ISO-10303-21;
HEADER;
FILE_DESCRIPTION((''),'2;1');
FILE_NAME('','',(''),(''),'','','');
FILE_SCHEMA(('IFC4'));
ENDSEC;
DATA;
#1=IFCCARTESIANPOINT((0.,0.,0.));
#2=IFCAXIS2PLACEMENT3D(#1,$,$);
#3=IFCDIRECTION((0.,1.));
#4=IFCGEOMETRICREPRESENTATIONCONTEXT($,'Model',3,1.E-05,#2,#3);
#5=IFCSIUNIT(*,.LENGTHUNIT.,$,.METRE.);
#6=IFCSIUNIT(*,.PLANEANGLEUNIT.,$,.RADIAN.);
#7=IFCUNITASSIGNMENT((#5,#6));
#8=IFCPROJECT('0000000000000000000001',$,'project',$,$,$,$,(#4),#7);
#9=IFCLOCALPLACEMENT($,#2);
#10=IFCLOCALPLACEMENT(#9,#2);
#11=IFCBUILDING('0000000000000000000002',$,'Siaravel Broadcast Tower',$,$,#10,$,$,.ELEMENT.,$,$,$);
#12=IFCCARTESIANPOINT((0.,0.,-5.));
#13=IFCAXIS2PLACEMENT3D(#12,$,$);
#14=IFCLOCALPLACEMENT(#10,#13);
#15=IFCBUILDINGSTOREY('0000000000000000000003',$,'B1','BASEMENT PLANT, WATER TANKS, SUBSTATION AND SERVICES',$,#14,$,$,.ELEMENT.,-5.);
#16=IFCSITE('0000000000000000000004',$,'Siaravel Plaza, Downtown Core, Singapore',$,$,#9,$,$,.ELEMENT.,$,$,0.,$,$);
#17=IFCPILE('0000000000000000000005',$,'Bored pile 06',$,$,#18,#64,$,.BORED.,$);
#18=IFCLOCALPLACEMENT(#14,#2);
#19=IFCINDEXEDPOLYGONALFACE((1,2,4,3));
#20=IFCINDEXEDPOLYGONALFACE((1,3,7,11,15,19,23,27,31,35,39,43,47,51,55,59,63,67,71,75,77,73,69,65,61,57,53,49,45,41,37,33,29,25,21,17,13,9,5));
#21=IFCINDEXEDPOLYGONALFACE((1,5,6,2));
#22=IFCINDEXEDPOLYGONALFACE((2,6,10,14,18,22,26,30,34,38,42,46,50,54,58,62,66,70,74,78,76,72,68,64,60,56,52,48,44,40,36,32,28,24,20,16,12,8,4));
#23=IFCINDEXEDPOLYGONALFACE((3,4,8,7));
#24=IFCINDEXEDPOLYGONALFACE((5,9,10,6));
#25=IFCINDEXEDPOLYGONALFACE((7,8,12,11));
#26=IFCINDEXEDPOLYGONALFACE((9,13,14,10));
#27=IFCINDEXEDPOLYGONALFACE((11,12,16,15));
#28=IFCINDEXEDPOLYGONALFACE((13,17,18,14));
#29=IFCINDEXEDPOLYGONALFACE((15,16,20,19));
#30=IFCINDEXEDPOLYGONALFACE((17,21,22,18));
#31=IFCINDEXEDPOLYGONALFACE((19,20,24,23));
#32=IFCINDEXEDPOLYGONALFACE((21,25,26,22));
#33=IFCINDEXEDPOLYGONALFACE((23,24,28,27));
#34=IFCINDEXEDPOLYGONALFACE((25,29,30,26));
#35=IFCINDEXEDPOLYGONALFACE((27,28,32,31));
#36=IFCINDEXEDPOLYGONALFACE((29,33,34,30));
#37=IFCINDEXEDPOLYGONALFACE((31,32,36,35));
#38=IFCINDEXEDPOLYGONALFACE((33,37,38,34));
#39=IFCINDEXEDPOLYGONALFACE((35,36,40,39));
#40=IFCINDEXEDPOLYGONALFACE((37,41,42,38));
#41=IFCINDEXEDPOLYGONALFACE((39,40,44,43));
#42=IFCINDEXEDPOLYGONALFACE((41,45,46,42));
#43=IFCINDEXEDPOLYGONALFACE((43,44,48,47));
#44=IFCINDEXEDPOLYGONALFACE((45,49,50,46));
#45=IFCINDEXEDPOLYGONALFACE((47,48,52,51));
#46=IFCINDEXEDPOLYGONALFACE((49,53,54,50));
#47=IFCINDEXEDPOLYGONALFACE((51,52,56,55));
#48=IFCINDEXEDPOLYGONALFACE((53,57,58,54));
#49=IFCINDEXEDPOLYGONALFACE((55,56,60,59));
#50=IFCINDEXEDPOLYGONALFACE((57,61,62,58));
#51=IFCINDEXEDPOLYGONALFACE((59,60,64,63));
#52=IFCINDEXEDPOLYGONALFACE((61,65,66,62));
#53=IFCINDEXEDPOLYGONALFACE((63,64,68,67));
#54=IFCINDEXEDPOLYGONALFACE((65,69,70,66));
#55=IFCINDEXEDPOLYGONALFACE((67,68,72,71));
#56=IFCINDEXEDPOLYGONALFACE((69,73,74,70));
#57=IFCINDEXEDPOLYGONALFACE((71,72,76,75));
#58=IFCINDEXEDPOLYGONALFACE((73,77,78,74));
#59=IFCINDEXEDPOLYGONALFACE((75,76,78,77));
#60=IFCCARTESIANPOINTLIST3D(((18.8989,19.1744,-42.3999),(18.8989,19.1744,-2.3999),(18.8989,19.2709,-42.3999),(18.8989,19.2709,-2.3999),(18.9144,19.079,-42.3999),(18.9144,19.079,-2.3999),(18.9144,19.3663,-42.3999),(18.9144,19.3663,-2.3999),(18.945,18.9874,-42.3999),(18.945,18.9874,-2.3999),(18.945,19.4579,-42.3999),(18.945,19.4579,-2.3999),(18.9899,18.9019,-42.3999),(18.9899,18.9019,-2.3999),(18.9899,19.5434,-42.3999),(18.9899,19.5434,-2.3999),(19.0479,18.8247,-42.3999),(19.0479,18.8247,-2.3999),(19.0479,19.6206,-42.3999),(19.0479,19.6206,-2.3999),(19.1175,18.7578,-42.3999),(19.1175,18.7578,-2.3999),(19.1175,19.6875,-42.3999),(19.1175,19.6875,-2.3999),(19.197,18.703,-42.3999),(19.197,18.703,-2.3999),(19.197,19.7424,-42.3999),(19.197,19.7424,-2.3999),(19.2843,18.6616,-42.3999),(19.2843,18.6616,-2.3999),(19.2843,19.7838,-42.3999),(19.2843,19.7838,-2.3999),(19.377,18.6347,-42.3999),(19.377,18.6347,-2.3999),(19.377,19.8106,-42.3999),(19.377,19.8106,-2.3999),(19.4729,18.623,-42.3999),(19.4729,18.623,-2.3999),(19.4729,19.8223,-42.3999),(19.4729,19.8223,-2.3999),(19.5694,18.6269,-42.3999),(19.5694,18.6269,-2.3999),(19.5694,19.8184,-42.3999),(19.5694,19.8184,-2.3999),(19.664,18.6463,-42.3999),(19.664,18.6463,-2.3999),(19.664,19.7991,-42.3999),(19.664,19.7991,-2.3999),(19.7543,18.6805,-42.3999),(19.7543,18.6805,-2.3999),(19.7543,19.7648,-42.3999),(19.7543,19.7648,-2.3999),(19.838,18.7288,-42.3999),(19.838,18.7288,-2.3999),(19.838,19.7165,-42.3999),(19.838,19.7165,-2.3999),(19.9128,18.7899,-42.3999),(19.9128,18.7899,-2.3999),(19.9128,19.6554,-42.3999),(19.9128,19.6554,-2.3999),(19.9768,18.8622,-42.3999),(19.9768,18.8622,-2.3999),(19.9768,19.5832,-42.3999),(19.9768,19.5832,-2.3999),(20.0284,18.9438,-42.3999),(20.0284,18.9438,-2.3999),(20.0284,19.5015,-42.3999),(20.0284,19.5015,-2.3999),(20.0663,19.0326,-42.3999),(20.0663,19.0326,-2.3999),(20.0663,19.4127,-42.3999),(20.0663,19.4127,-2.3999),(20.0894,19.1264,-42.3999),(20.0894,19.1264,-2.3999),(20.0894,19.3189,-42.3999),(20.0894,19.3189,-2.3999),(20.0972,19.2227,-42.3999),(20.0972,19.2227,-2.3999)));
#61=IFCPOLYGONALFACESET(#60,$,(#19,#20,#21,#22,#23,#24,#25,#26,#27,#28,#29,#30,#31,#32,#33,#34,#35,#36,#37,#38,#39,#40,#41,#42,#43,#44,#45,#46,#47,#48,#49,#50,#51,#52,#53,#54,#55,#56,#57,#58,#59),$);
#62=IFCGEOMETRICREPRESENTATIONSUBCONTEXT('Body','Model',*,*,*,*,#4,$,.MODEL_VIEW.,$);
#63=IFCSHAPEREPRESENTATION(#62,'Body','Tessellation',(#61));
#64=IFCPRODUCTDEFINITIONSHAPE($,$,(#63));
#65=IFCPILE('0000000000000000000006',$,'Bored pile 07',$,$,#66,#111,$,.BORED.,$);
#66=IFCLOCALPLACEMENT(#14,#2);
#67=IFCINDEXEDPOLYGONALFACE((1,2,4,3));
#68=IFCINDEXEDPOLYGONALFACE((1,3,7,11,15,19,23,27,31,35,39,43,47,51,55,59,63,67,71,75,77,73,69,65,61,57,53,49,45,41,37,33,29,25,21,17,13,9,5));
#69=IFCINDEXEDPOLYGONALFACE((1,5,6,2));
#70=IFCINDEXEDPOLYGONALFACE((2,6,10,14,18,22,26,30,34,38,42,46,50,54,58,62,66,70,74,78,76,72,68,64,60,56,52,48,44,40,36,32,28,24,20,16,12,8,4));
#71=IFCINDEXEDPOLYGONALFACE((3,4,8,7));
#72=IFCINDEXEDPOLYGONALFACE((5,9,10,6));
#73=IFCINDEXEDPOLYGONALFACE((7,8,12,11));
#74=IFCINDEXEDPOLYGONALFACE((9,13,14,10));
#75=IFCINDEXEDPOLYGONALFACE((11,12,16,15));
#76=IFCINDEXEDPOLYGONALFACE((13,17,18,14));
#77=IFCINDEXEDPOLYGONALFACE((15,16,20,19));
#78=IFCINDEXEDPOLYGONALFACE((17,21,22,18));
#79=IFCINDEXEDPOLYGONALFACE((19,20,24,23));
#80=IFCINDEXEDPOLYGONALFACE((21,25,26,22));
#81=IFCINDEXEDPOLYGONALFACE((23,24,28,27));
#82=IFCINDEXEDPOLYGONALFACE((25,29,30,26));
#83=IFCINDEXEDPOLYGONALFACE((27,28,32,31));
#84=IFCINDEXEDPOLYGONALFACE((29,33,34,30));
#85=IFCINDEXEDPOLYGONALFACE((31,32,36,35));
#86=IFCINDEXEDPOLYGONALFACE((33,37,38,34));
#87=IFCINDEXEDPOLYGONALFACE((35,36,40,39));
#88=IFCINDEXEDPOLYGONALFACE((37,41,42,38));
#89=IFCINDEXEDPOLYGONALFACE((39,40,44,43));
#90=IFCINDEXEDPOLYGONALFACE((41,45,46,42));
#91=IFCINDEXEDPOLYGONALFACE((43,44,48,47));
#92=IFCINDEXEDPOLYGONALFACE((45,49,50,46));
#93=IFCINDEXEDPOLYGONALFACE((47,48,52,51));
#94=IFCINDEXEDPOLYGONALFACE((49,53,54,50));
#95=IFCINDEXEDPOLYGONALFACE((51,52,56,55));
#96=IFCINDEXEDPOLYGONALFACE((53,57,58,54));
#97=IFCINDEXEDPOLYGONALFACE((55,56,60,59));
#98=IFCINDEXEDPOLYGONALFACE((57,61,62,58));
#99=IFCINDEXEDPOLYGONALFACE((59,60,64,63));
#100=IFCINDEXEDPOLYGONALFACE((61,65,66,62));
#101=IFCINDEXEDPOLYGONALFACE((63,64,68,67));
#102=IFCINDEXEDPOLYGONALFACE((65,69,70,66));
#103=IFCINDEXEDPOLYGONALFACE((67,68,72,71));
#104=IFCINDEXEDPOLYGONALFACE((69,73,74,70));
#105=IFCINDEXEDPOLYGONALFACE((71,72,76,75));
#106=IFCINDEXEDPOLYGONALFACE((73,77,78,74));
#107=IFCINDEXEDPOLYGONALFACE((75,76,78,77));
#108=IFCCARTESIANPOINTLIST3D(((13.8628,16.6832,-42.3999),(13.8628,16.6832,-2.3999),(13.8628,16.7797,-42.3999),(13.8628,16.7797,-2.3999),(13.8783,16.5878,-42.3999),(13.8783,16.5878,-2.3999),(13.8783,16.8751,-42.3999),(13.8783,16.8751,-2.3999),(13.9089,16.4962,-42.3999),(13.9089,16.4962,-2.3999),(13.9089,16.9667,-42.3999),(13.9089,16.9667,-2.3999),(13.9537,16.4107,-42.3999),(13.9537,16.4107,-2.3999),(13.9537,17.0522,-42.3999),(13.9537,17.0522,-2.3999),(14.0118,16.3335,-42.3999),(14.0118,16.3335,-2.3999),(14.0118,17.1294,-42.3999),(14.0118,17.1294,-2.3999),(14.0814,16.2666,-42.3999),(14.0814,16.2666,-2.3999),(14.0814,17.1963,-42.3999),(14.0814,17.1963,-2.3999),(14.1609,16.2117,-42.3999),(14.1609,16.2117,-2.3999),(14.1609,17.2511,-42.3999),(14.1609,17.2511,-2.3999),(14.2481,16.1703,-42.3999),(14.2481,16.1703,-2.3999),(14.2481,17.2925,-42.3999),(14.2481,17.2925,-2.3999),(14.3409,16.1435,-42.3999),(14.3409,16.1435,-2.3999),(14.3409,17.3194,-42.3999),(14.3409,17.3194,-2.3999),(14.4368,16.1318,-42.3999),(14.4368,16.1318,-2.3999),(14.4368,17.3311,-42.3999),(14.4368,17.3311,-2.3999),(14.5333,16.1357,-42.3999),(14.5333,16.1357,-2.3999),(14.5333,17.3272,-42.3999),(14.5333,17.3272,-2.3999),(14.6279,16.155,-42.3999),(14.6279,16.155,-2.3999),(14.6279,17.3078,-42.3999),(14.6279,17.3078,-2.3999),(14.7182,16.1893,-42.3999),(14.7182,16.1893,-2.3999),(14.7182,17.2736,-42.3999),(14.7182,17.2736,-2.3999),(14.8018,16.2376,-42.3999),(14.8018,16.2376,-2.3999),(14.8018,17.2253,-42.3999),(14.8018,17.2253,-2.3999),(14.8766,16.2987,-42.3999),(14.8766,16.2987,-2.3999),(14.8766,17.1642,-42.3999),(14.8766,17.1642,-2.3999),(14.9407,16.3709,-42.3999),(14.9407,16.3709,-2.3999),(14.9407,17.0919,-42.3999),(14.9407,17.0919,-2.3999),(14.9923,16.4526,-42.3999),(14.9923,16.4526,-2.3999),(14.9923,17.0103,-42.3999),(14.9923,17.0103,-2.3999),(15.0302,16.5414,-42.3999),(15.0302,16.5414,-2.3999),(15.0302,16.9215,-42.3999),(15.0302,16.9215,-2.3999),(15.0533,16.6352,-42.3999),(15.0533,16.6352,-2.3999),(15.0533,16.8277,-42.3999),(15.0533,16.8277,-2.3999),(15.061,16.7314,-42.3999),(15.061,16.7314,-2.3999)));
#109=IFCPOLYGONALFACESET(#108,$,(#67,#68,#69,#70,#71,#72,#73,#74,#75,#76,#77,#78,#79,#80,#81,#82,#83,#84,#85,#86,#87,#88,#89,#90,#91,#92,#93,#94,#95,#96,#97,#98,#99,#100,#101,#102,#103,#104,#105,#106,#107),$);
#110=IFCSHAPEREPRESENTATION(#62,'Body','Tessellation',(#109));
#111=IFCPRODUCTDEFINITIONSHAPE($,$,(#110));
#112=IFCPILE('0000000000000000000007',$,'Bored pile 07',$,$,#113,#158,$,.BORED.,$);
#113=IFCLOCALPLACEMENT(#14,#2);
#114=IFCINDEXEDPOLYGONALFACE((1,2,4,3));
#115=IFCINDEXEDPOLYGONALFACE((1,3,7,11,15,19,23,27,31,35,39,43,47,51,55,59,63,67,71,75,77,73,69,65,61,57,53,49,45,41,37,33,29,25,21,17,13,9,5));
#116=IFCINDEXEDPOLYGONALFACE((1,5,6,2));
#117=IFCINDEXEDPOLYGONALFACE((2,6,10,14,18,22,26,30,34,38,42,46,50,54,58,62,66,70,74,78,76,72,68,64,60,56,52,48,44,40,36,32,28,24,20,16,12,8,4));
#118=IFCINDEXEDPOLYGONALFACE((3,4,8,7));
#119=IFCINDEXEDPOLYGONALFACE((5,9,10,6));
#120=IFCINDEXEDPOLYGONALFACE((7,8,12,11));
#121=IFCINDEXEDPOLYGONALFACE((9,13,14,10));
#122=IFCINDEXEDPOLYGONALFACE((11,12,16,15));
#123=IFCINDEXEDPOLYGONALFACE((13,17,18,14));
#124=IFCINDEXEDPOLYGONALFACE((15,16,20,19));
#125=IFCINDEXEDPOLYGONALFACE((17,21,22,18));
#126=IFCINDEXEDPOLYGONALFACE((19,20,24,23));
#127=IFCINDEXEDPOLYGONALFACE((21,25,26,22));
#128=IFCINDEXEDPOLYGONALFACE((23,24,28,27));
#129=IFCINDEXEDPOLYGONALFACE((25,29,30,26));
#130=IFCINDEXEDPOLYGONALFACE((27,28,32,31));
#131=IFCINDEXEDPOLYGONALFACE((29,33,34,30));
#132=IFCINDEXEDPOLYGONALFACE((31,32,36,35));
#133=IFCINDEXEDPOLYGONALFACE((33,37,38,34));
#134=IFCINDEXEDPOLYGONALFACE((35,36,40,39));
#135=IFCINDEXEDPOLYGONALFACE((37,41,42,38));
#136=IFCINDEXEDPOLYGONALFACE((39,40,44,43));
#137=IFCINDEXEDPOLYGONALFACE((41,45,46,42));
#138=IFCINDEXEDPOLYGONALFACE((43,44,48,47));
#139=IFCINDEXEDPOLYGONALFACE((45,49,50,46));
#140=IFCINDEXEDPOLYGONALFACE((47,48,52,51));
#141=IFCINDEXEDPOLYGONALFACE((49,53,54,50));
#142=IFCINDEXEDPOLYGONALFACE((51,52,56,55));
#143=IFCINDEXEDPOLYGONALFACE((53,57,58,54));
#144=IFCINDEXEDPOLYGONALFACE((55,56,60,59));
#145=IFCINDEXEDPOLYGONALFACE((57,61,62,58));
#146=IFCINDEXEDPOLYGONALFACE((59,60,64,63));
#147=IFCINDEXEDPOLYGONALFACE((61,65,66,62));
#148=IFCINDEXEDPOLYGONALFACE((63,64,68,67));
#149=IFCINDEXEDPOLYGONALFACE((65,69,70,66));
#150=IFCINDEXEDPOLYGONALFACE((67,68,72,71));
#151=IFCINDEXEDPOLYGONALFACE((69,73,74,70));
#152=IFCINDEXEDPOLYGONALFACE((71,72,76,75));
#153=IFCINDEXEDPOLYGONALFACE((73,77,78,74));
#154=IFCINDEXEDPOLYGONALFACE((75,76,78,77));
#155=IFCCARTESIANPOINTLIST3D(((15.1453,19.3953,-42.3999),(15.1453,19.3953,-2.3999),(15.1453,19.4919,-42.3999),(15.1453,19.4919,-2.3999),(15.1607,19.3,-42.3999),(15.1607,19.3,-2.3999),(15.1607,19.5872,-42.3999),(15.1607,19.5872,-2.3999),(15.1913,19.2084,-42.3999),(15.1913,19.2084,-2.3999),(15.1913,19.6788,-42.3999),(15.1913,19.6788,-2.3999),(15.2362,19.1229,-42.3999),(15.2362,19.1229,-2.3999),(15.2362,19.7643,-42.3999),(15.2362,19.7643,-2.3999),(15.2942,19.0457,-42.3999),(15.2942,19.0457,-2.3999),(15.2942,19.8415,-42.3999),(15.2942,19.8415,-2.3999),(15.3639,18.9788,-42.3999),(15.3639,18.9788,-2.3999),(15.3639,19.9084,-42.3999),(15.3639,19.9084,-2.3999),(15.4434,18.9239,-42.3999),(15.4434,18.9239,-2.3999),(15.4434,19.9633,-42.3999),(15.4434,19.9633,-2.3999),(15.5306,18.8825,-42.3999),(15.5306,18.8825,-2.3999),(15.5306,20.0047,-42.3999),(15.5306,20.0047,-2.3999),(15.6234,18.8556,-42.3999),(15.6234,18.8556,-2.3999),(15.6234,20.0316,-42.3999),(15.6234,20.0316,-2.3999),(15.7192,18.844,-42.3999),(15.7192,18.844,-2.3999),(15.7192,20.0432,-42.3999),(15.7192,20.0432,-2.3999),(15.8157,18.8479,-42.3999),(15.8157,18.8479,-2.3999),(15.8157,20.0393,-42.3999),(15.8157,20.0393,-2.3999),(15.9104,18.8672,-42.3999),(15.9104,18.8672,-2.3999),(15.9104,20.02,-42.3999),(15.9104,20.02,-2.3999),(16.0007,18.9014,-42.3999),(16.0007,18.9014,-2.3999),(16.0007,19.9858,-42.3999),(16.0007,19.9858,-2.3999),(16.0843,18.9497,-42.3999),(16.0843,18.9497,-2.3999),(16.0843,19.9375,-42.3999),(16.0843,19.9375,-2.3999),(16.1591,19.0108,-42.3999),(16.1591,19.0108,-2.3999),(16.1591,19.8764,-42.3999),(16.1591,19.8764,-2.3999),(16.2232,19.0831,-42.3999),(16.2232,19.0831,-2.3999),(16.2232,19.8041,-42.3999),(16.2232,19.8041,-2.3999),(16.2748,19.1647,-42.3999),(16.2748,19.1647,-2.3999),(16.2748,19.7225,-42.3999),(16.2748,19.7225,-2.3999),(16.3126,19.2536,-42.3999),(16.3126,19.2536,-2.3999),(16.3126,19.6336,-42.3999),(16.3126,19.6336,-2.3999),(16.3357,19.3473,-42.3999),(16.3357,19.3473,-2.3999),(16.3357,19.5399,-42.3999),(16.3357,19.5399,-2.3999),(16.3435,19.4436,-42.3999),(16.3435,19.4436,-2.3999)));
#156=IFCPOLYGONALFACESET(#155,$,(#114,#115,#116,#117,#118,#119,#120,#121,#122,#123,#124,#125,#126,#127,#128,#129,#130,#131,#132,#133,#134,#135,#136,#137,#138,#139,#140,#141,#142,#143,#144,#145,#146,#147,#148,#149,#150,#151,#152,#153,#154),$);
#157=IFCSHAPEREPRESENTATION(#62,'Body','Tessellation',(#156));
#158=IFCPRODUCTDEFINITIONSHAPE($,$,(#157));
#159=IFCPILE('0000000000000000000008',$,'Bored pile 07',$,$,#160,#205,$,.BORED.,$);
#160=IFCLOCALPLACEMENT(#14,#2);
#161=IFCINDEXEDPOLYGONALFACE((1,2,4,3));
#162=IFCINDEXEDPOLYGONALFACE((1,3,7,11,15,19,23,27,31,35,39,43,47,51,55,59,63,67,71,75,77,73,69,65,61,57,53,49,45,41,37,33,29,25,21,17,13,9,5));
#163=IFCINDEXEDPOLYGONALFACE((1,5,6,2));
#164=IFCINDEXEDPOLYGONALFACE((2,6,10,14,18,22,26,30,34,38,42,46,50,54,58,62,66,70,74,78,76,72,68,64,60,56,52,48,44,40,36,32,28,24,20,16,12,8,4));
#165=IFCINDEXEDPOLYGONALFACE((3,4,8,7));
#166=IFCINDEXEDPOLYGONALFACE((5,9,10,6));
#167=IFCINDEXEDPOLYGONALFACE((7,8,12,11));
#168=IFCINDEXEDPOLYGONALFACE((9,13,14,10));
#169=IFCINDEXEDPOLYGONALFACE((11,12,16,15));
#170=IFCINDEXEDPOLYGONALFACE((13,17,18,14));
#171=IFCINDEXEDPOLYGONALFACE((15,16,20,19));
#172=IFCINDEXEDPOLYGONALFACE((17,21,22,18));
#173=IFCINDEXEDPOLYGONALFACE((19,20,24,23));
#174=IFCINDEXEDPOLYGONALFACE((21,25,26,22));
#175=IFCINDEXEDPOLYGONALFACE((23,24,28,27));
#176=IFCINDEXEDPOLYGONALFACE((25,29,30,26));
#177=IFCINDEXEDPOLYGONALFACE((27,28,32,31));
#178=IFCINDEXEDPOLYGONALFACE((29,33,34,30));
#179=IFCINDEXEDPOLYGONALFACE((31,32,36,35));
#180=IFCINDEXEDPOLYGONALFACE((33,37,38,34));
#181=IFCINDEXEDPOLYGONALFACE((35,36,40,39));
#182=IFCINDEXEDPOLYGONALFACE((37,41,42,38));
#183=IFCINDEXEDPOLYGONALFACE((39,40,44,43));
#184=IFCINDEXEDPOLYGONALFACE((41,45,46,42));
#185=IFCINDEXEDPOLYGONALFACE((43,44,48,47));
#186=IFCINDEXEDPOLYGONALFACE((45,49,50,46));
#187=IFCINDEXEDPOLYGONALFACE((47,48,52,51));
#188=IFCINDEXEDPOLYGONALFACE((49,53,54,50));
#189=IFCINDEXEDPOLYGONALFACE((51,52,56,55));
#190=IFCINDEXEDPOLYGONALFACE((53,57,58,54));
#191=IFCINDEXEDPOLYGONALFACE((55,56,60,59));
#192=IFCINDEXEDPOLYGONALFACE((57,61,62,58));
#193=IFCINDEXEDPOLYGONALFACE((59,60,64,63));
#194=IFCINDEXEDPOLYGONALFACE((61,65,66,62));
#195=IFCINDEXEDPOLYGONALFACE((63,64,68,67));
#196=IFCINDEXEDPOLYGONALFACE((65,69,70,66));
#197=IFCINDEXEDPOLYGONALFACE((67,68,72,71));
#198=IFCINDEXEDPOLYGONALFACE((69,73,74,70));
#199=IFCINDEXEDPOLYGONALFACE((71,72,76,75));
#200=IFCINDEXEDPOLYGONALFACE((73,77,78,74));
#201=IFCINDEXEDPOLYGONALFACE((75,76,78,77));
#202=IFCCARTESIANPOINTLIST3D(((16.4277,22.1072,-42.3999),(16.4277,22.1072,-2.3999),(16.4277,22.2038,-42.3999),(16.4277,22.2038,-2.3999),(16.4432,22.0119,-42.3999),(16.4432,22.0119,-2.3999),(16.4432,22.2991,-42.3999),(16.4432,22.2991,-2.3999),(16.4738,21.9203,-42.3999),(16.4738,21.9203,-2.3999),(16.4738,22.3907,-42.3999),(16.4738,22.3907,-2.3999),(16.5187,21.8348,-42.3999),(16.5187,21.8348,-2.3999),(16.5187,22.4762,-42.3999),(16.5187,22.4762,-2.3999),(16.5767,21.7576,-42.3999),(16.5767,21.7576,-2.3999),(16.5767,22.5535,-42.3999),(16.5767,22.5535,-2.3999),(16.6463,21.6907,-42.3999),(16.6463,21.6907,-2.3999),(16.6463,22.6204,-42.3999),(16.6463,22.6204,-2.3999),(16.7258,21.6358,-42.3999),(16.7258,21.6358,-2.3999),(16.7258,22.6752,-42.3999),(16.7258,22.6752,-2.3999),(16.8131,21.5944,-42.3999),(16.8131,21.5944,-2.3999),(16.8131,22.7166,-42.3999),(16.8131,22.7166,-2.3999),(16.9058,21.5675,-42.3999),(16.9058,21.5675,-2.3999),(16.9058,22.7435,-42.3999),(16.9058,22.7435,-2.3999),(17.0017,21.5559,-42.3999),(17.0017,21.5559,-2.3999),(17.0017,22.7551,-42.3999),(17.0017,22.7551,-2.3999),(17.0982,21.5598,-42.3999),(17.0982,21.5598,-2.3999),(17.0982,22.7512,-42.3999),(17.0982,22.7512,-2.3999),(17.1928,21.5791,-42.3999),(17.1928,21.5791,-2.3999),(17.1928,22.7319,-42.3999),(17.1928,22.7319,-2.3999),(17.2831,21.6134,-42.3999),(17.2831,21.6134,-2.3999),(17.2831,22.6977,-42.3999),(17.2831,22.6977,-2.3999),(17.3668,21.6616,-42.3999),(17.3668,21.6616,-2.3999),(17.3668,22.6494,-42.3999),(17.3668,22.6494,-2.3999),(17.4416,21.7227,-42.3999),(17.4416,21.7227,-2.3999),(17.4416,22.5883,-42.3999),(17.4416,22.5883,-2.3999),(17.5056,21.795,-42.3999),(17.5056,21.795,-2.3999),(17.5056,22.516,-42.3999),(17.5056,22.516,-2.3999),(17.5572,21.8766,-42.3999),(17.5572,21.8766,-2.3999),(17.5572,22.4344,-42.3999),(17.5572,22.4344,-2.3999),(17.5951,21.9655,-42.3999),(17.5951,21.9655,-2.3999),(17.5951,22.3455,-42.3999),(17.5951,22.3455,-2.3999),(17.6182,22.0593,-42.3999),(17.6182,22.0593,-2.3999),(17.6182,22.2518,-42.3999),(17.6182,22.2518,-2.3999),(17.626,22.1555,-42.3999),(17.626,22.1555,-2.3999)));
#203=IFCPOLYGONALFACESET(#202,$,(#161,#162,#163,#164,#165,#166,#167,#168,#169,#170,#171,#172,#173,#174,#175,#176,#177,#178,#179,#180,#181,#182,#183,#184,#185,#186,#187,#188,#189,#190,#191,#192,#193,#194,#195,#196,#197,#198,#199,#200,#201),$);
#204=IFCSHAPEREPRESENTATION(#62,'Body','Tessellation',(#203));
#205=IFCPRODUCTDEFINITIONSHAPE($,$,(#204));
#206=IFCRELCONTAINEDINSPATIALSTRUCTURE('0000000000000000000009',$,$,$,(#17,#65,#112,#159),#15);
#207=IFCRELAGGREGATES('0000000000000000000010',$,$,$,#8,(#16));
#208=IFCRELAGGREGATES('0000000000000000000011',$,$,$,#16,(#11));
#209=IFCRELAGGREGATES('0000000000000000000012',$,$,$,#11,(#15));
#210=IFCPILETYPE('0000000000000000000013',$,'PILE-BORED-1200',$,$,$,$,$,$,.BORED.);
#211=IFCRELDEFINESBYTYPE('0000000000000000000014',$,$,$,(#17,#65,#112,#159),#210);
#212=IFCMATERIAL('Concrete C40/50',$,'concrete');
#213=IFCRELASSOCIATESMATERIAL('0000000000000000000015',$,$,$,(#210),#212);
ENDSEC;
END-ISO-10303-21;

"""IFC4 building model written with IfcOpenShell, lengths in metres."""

from ifc_helpers import new_model, si_unit, direction, frame, origin, origin_2d, place, context, subcontext, project, spatial, circle, extrude, material, material_profile, profile_set, type_object, element, save


model = new_model("IFC4")

# Units and contexts
model_context = context("Model", 3, precision=1e-05, world=origin(), true_north=direction((0.0, 1.0)))
body_context = subcontext(model_context, "Body", "Model", "MODEL_VIEW")
ifc_project = project(units=[si_unit("LENGTHUNIT", "METRE"), si_unit("PLANEANGLEUNIT", "RADIAN")], contexts=[model_context])

# Site, building, storey
site_placement = place(None, origin())
site = spatial("IfcSite", under=ifc_project, at=site_placement, Name="Siaravel Plaza, Downtown Core, Singapore", CompositionType="ELEMENT", RefElevation=0.0)
building_placement = place(site_placement, origin())
building = spatial("IfcBuilding", under=site, at=building_placement, Name="Siaravel Broadcast Tower", CompositionType="ELEMENT")
storey_placement = place(building_placement, frame((0.0, 0.0, -5.0)))
storey = spatial("IfcBuildingStorey", under=building, at=storey_placement, Name="B1", Description="BASEMENT PLANT, WATER TANKS, SUBSTATION AND SERVICES", CompositionType="ELEMENT", Elevation=-5.0)

# Shared definitions
ifc_material_1 = material(Name="Concrete C40/50", Category="concrete")

# Piles
ifc_material_profile_1 = material_profile(ifc_material_1, circle(Radius=0.6001, at=origin_2d()))
ifc_profile_set_1 = profile_set([ifc_material_profile_1], Name="Concrete C40/50")
pile_type = type_object("IfcPileType", Name="PILE-BORED-1200", PredefinedType="BORED", material=ifc_profile_set_1)
for number, where, z_axis, x_axis, name in (
    (1, (19.4971, 19.2227, -2.3999), (0.0, 0.0, -1.0), (1.0, 0.0, 0.0), "Bored pile 06"),
    (2, (14.4609, 16.7314, -2.3999), (0.0, 0.0, -1.0), (1.0, 0.0, 0.0), "Bored pile 07"),
    (3, (15.7434, 19.4436, -2.3999), (0.0, 0.0, -1.0), (1.0, 0.0, 0.0), "Bored pile 07"),
    (4, (17.0259, 22.1555, -2.3999), (0.0, 0.0, -1.0), (1.0, 0.0, 0.0), "Bored pile 07"),
):
    element("IfcPile", number, at=place(storey_placement, frame(where, z_axis=z_axis, x_axis=x_axis)), inside=storey, type_object=pile_type, Name=name, PredefinedType="BORED", context=body_context, shape_type="SweptSolid", body=[
        extrude(circle(Radius=0.6001, at=origin_2d()), origin(), (0.0, 0.0, 1.0), 40.0),
    ])

save(model, "model.ifc")
